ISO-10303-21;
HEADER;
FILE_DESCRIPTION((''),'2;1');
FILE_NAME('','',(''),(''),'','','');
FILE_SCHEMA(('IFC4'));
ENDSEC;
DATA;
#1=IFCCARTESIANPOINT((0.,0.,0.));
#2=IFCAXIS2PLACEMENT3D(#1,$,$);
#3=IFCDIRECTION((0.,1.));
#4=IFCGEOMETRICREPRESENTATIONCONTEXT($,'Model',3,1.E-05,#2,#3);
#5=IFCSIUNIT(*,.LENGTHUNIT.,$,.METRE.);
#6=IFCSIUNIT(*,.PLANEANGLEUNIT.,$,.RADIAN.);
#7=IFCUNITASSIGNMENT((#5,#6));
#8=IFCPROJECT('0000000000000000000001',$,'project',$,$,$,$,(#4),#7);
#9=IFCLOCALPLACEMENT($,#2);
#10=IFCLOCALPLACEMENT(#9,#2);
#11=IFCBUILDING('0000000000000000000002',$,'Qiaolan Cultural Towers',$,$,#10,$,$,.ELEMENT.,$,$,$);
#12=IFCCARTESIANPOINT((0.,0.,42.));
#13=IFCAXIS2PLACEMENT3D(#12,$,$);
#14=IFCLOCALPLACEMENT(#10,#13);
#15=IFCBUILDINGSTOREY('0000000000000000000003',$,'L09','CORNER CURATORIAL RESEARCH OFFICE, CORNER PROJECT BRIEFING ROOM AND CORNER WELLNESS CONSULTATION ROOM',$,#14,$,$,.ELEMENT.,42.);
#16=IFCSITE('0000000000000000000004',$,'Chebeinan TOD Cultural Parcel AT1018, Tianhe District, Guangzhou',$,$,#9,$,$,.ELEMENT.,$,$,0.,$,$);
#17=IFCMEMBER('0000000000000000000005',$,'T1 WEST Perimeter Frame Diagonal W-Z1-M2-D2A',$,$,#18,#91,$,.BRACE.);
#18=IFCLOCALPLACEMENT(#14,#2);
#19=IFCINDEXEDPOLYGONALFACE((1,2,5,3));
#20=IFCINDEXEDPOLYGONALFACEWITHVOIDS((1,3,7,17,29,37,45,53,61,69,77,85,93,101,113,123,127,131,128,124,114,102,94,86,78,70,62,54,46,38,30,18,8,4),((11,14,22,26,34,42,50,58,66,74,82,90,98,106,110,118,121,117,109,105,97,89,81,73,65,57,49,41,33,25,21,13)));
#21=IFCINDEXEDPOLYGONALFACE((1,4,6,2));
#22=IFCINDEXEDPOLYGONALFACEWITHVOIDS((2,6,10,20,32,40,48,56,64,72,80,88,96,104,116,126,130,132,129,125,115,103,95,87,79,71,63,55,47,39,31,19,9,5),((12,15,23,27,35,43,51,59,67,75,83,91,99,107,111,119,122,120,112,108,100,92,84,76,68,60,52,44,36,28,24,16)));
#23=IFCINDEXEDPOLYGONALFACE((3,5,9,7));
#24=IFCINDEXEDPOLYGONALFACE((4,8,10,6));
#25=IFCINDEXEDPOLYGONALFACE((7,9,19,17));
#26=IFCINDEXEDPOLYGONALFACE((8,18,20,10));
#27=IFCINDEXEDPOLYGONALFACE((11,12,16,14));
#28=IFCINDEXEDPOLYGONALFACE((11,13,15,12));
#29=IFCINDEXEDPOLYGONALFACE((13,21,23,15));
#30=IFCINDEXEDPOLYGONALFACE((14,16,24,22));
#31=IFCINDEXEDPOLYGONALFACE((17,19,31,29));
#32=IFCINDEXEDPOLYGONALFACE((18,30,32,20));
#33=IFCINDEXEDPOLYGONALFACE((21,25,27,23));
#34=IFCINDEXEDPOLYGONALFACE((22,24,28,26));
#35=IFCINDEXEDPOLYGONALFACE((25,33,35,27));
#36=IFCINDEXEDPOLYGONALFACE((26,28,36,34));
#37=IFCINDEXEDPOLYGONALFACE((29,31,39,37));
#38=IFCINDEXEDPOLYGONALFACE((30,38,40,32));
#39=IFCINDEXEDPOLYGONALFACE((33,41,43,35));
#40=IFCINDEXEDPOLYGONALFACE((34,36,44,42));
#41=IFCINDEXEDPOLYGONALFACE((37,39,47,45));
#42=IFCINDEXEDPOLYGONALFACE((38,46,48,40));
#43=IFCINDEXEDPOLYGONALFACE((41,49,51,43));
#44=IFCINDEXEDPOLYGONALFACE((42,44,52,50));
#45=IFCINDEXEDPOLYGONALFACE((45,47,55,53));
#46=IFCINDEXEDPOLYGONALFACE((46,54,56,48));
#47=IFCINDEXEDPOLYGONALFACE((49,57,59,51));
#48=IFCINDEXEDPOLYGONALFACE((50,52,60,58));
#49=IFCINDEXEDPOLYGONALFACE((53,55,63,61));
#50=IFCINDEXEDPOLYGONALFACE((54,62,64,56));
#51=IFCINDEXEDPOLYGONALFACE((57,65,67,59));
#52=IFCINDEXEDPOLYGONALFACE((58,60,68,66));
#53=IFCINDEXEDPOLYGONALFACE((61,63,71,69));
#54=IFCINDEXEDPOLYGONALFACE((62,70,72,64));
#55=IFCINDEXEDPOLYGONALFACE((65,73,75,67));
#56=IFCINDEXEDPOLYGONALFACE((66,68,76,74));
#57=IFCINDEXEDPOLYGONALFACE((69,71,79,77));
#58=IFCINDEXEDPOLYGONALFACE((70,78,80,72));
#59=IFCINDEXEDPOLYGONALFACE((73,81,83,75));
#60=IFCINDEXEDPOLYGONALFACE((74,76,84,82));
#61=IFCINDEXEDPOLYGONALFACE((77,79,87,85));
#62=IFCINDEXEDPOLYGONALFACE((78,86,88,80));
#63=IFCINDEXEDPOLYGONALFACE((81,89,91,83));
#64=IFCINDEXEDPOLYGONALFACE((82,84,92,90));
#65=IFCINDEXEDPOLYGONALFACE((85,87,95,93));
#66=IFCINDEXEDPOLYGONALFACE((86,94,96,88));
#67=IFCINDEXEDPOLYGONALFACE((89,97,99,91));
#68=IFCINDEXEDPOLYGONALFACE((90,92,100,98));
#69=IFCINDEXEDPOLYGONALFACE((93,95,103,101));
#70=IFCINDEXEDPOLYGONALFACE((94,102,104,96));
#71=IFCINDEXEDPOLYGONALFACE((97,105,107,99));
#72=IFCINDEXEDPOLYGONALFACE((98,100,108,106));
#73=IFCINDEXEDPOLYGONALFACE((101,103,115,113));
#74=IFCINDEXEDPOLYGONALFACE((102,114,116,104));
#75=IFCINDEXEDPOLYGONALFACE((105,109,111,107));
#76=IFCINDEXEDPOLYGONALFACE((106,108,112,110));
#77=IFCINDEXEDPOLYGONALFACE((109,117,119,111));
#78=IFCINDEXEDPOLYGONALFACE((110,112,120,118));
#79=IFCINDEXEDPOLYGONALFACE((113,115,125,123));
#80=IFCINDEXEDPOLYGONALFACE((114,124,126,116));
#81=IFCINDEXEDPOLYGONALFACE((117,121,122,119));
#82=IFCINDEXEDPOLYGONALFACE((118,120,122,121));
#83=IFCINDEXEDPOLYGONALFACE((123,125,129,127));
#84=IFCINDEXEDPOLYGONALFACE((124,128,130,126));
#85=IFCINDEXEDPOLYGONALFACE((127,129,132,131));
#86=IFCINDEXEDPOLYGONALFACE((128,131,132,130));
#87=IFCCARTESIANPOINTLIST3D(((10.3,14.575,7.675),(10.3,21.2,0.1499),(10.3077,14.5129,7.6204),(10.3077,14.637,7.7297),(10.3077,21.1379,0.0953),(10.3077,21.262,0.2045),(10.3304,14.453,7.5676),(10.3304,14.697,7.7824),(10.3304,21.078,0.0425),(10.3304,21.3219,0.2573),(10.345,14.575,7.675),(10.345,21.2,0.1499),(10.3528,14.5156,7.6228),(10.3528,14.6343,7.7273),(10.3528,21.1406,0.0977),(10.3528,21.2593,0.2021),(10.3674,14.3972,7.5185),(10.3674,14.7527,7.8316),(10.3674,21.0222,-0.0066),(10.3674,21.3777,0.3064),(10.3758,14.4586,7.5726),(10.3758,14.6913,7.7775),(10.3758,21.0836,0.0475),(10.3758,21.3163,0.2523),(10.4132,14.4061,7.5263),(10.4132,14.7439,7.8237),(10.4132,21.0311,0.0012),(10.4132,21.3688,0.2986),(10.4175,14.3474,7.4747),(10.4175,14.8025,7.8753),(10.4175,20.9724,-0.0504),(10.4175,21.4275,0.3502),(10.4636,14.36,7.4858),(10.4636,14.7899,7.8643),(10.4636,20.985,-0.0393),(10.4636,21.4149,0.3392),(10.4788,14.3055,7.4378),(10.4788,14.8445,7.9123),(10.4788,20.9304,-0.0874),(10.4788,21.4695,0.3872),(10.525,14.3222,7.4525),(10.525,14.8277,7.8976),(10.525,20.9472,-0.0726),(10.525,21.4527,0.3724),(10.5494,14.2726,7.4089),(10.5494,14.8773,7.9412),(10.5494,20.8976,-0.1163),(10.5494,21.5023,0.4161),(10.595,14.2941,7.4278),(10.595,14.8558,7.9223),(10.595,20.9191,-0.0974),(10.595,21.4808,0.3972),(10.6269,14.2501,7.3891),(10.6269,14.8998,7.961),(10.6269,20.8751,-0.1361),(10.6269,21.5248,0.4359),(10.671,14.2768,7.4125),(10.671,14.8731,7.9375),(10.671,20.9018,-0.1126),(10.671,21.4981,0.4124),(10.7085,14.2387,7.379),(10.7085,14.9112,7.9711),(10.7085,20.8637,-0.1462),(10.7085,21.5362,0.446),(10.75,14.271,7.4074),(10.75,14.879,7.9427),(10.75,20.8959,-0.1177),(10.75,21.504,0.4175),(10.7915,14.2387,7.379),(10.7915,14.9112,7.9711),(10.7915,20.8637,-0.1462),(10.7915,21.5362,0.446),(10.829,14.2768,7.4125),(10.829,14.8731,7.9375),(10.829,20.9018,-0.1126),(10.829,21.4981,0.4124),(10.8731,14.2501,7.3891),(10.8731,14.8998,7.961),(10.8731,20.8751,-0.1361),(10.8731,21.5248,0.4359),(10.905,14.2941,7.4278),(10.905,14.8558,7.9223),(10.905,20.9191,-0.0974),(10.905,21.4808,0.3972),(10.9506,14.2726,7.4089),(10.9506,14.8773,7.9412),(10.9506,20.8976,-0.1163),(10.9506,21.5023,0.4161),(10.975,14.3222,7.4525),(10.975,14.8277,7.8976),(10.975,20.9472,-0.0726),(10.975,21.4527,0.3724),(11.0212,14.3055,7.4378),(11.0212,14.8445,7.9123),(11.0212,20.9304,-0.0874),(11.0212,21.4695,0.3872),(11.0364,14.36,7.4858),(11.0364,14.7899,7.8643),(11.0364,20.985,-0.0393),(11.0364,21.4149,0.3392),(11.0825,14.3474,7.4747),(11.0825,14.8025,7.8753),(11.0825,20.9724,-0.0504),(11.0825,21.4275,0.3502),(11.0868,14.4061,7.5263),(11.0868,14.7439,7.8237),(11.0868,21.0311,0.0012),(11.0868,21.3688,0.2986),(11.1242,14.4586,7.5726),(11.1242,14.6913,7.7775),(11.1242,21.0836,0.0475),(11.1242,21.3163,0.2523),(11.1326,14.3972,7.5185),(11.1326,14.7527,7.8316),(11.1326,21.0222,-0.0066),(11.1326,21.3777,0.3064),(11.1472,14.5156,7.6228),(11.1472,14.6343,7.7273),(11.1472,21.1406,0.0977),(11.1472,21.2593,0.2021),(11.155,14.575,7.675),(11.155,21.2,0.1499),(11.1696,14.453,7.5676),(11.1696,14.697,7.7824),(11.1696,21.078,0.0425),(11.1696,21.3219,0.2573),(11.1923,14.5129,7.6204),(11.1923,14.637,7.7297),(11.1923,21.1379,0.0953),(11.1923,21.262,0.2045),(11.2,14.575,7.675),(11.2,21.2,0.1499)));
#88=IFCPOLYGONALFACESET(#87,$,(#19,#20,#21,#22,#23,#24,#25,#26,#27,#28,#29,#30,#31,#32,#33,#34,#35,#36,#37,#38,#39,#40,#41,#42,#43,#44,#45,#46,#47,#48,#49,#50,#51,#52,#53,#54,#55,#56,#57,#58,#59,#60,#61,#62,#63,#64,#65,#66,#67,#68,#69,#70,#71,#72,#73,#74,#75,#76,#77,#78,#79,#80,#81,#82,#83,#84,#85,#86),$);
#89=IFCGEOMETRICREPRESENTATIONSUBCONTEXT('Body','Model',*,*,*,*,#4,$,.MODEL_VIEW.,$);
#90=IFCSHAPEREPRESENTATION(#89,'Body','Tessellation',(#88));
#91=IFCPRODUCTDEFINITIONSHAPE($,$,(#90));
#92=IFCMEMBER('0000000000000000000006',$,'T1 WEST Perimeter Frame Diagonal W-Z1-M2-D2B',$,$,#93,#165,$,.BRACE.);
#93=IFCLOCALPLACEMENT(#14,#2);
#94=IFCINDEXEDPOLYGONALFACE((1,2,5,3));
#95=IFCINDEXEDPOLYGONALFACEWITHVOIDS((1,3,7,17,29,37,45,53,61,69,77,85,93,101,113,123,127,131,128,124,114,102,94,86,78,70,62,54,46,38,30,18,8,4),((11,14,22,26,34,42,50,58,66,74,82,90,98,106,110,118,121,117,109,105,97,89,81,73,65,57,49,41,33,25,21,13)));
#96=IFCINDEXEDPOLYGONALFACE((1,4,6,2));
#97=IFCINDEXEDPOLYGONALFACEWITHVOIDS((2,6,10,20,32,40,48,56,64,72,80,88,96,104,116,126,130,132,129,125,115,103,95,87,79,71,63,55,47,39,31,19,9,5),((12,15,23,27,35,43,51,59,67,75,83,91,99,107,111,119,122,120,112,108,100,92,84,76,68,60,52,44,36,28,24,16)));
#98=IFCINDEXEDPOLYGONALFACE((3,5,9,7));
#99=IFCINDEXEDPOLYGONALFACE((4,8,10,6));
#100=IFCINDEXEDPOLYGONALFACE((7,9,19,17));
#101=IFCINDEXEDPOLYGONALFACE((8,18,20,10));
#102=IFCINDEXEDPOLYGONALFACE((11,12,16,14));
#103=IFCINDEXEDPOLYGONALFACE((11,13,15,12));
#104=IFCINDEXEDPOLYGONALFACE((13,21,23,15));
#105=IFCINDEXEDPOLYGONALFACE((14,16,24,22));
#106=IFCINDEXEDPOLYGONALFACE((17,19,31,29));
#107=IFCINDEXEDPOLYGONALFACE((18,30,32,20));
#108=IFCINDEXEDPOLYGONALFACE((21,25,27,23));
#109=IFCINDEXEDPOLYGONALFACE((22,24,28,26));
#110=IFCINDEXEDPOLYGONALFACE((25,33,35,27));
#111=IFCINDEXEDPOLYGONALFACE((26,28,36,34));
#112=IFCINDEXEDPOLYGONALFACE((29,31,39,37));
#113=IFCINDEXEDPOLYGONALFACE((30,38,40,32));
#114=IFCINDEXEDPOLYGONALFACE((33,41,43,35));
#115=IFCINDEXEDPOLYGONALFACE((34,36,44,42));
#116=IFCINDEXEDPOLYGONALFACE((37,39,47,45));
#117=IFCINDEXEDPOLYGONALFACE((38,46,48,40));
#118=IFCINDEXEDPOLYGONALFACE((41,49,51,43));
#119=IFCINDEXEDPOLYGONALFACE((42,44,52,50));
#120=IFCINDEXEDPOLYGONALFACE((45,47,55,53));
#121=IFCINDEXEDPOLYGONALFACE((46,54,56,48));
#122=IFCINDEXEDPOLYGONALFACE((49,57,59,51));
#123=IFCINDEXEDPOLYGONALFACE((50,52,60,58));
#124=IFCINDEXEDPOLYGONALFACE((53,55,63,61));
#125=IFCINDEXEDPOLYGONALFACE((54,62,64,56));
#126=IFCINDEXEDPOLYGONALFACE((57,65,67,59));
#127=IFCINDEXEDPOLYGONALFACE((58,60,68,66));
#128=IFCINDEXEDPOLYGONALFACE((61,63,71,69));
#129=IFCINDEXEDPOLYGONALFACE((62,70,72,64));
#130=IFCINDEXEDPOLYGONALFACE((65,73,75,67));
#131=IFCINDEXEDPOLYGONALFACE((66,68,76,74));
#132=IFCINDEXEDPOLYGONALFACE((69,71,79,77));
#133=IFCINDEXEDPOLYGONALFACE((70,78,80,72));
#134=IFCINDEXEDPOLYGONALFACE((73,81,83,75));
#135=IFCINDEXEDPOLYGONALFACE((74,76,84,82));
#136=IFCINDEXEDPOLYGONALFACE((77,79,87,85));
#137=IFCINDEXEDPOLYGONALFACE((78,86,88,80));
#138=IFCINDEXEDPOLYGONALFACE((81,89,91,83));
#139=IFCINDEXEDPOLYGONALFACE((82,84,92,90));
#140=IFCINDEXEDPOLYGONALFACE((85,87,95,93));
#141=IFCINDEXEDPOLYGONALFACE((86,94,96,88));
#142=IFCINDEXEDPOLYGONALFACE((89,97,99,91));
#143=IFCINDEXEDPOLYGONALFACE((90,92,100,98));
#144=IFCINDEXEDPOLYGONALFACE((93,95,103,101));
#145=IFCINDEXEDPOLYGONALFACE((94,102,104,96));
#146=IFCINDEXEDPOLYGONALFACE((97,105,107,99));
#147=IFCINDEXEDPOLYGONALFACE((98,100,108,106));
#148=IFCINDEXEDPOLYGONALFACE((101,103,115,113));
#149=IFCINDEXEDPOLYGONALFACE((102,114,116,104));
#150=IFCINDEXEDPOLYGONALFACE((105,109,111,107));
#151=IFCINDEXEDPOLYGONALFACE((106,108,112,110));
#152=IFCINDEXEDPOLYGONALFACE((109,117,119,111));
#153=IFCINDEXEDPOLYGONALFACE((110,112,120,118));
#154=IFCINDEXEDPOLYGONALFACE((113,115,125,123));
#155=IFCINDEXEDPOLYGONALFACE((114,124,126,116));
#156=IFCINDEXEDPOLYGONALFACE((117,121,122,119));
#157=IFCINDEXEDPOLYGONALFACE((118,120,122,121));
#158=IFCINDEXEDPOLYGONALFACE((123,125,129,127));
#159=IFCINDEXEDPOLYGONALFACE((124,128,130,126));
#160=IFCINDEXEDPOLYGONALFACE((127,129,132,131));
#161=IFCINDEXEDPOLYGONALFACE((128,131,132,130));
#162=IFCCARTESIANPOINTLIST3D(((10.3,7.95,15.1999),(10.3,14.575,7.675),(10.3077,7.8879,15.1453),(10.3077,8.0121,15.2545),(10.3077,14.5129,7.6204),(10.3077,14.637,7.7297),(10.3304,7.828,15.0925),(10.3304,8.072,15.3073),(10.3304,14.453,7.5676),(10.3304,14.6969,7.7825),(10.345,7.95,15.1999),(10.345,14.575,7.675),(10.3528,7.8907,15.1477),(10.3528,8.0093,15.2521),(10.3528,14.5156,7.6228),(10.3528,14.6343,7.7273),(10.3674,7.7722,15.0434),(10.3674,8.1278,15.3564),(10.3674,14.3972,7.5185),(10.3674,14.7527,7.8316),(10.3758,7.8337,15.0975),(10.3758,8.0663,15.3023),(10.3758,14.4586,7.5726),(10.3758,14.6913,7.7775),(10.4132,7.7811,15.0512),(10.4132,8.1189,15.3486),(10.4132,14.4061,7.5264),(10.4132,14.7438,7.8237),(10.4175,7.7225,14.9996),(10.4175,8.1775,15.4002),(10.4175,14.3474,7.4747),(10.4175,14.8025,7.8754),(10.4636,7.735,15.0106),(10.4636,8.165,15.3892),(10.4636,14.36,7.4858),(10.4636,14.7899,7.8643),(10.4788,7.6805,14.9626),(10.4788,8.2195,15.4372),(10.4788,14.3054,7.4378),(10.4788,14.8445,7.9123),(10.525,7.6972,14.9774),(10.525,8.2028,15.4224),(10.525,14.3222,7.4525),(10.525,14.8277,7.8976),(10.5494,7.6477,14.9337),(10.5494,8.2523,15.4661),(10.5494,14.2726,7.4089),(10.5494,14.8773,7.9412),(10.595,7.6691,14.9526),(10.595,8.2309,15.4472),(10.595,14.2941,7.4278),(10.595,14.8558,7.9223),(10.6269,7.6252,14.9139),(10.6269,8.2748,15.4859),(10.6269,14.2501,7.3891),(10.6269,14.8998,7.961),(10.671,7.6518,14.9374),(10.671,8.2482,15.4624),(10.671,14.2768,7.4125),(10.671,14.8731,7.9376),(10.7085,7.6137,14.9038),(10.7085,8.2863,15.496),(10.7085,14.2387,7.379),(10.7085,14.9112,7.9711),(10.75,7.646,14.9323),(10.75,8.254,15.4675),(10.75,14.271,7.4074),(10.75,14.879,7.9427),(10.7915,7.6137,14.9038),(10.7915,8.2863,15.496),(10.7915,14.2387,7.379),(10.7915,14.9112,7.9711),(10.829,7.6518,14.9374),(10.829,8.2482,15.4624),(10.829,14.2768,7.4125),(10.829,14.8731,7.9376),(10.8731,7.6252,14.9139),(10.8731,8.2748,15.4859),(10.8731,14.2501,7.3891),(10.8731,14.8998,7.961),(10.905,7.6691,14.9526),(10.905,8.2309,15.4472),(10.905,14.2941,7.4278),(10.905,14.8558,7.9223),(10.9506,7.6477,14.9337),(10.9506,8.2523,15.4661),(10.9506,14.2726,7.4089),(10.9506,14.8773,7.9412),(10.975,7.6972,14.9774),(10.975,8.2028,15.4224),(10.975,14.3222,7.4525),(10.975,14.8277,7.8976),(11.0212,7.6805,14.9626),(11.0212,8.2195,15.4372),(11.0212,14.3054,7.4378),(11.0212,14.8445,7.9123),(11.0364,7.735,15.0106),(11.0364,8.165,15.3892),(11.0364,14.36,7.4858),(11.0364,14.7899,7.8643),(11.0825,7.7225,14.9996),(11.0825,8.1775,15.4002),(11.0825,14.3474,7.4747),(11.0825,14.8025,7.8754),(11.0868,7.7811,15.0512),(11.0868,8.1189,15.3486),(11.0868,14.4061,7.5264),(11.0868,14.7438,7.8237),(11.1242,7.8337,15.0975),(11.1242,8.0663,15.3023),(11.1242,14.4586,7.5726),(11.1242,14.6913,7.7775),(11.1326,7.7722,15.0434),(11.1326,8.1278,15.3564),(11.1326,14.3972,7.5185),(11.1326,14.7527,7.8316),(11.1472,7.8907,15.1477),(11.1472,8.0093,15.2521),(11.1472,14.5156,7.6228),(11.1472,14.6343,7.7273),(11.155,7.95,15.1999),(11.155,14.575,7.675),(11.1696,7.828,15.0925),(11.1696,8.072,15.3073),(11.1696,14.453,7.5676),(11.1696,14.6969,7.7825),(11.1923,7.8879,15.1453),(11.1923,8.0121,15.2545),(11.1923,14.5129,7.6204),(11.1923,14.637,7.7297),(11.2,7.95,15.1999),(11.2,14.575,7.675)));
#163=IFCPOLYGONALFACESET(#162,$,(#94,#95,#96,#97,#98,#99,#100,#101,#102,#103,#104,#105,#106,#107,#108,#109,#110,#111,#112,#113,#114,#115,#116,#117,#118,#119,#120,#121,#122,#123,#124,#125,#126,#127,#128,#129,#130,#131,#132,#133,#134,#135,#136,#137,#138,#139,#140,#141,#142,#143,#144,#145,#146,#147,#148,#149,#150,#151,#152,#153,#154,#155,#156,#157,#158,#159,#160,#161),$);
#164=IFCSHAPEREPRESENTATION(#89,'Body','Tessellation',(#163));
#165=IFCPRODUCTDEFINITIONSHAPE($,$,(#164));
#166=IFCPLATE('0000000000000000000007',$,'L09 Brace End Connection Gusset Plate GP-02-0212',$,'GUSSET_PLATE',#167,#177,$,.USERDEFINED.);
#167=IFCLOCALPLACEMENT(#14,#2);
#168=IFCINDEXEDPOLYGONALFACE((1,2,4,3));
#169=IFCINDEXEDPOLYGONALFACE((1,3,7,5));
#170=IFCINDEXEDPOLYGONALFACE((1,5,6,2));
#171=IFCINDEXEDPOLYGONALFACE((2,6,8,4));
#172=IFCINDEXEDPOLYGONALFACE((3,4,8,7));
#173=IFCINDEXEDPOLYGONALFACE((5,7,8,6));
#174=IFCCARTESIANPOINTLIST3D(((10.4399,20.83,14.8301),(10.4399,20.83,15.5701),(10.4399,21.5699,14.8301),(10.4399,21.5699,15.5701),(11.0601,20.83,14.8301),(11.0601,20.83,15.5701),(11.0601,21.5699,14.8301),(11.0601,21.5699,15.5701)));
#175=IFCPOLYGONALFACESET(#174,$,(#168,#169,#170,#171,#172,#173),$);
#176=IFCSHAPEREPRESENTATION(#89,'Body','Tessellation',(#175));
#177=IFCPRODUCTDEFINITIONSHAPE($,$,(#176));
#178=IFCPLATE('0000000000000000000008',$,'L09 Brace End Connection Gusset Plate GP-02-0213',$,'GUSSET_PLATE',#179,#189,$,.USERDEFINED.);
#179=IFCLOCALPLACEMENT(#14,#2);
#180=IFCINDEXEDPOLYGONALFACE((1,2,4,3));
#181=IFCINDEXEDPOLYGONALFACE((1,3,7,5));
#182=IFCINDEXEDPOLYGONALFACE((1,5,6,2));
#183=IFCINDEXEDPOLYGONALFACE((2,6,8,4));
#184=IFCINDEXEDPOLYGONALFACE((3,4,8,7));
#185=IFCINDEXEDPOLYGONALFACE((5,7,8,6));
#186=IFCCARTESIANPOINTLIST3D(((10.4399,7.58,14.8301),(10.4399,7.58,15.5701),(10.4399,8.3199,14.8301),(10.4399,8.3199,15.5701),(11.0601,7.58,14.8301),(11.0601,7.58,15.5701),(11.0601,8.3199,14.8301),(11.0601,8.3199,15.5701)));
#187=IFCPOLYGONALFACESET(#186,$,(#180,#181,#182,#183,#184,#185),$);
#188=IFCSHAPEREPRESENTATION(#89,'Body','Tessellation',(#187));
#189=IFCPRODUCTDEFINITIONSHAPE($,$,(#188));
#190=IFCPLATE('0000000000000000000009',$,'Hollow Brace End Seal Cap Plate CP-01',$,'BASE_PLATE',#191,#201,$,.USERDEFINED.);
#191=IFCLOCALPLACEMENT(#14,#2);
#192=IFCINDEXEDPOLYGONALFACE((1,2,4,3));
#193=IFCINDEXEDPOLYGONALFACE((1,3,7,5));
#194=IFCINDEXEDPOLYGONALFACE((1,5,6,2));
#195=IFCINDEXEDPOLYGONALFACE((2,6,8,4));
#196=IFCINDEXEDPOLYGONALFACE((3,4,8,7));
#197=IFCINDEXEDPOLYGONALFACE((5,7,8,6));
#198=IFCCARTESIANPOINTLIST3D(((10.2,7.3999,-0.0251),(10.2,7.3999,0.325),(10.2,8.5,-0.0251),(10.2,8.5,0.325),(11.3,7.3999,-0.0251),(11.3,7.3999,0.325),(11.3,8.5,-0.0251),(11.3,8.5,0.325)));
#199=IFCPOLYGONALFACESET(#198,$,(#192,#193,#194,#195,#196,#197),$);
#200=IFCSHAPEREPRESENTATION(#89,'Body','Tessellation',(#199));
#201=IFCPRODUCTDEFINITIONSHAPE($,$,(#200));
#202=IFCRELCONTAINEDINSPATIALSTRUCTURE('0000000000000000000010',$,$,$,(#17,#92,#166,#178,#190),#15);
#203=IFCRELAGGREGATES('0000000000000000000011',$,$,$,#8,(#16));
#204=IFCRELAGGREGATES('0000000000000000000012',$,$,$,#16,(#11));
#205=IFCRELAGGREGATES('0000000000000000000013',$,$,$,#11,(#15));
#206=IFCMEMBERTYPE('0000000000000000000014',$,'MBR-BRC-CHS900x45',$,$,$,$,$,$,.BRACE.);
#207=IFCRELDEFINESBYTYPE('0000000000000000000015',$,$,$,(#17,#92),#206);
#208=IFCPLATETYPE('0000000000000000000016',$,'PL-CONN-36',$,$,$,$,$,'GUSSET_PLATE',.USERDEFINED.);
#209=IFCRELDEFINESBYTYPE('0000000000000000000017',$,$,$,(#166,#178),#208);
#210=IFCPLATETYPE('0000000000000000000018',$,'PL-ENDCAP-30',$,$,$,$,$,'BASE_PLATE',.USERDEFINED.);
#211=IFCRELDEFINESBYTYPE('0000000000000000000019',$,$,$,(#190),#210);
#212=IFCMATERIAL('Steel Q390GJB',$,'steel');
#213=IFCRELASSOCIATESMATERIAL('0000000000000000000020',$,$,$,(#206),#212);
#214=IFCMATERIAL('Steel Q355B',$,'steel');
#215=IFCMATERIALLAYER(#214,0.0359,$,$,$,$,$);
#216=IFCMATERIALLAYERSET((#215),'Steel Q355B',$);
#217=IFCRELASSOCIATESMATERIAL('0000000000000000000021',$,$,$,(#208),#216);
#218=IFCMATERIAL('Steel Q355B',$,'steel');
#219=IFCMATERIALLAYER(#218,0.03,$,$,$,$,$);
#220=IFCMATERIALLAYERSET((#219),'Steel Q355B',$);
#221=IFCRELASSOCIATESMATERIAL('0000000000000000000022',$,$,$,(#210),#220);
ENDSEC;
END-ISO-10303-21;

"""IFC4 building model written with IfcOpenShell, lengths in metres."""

from ifc_helpers import new_model, si_unit, direction, frame, origin, origin_2d, place, context, subcontext, project, spatial, rectangle, hollow_circle, extrude, material, layer, layer_set, material_profile, profile_set, type_object, element, save


model = new_model("IFC4")

# Units and contexts
model_context = context("Model", 3, precision=1e-05, world=origin(), true_north=direction((0.0, 1.0)))
body_context = subcontext(model_context, "Body", "Model", "MODEL_VIEW")
ifc_project = project(units=[si_unit("LENGTHUNIT", "METRE"), si_unit("PLANEANGLEUNIT", "RADIAN")], contexts=[model_context])

# Site, building, storey
site_placement = place(None, origin())
site = spatial("IfcSite", under=ifc_project, at=site_placement, Name="Chebeinan TOD Cultural Parcel AT1018, Tianhe District, Guangzhou", CompositionType="ELEMENT", RefElevation=0.0)
building_placement = place(site_placement, origin())
building = spatial("IfcBuilding", under=site, at=building_placement, Name="Qiaolan Cultural Towers", CompositionType="ELEMENT")
storey_placement = place(building_placement, frame((0.0, 0.0, 42.0)))
storey = spatial("IfcBuildingStorey", under=building, at=storey_placement, Name="L09", Description="CORNER CURATORIAL RESEARCH OFFICE, CORNER PROJECT BRIEFING ROOM AND CORNER WELLNESS CONSULTATION ROOM", CompositionType="ELEMENT", Elevation=42.0)

# Members
ifc_material_1 = material(Name="Steel Q390GJB", Category="steel")
ifc_material_profile_1 = material_profile(ifc_material_1, hollow_circle(Radius=0.45, WallThickness=0.0449, at=origin_2d()), Name="CHS900x45")
ifc_profile_set_1 = profile_set([ifc_material_profile_1], Name="Steel Q390GJB")
member_type = type_object("IfcMemberType", Name="MBR-BRC-CHS900x45", PredefinedType="BRACE", material=ifc_profile_set_1)
member_1_placement = place(storey_placement, frame((10.75, 21.2, 0.1499), z_axis=(0.0, -0.660789, 0.750571), x_axis=(1.0, 0.0, 0.0)))
element("IfcMember", 1, at=member_1_placement, inside=storey, type_object=member_type, Name="T1 WEST Perimeter Frame Diagonal W-Z1-M2-D2A", PredefinedType="BRACE", context=body_context, shape_type="SweptSolid", body=[
    extrude(hollow_circle(Radius=0.45, WallThickness=0.0449, at=origin_2d()), origin(), (0.0, 0.0, 1.0), 10.0259),
])
member_2_placement = place(storey_placement, frame((10.75, 14.575, 7.675), z_axis=(0.0, -0.660801, 0.750561), x_axis=(1.0, 0.0, 0.0)))
element("IfcMember", 2, at=member_2_placement, inside=storey, type_object=member_type, Name="T1 WEST Perimeter Frame Diagonal W-Z1-M2-D2B", PredefinedType="BRACE", context=body_context, shape_type="SweptSolid", body=[
    extrude(hollow_circle(Radius=0.45, WallThickness=0.0449, at=origin_2d()), origin(), (0.0, 0.0, 1.0), 10.0256),
])

# Plates
ifc_material_2 = material(Name="Steel Q355B", Category="steel")
ifc_layer_1 = layer(ifc_material_2, 0.0359)
ifc_layer_set_1 = layer_set([ifc_layer_1], Name="Steel Q355B")
plate_type_1 = type_object("IfcPlateType", Name="PL-CONN-36", ElementType="GUSSET_PLATE", PredefinedType="USERDEFINED", material=ifc_layer_set_1)
for number, where, z_axis, x_axis, name in (
    (3, (10.75, 21.2, 14.8301), (0.0, 0.0, 1.0), (0.0, 1.0, 0.0), "L09 Brace End Connection Gusset Plate GP-02-0212"),
    (4, (10.75, 7.95, 14.8301), (0.0, 0.0, 1.0), (0.0, 1.0, 0.0), "L09 Brace End Connection Gusset Plate GP-02-0213"),
):
    element("IfcPlate", number, at=place(storey_placement, frame(where, z_axis=z_axis, x_axis=x_axis)), inside=storey, type_object=plate_type_1, Name=name, ObjectType="GUSSET_PLATE", PredefinedType="USERDEFINED", context=body_context, shape_type="SweptSolid", body=[
        extrude(rectangle(XDim=0.74, YDim=0.6201, at=origin_2d()), origin(), (0.0, 0.0, 1.0), 0.74),
    ])
ifc_material_3 = material(Name="Steel Q355B", Category="steel")
ifc_layer_2 = layer(ifc_material_3, 0.03)
ifc_layer_set_2 = layer_set([ifc_layer_2], Name="Steel Q355B")
plate_type_2 = type_object("IfcPlateType", Name="PL-ENDCAP-30", ElementType="BASE_PLATE", PredefinedType="USERDEFINED", material=ifc_layer_set_2)
for number, where, z_axis, x_axis, name in (
    (5, (10.75, 7.95, -0.0251), (0.0, 0.0, 1.0), (0.0, 1.0, 0.0), "Hollow Brace End Seal Cap Plate CP-01"),
):
    element("IfcPlate", number, at=place(storey_placement, frame(where, z_axis=z_axis, x_axis=x_axis)), inside=storey, type_object=plate_type_2, Name=name, ObjectType="BASE_PLATE", PredefinedType="USERDEFINED", context=body_context, shape_type="SweptSolid", body=[
        extrude(rectangle(XDim=1.1001, YDim=1.1001, at=origin_2d()), origin(), (0.0, 0.0, 1.0), 0.3501),
    ])

save(model, "model.ifc")
